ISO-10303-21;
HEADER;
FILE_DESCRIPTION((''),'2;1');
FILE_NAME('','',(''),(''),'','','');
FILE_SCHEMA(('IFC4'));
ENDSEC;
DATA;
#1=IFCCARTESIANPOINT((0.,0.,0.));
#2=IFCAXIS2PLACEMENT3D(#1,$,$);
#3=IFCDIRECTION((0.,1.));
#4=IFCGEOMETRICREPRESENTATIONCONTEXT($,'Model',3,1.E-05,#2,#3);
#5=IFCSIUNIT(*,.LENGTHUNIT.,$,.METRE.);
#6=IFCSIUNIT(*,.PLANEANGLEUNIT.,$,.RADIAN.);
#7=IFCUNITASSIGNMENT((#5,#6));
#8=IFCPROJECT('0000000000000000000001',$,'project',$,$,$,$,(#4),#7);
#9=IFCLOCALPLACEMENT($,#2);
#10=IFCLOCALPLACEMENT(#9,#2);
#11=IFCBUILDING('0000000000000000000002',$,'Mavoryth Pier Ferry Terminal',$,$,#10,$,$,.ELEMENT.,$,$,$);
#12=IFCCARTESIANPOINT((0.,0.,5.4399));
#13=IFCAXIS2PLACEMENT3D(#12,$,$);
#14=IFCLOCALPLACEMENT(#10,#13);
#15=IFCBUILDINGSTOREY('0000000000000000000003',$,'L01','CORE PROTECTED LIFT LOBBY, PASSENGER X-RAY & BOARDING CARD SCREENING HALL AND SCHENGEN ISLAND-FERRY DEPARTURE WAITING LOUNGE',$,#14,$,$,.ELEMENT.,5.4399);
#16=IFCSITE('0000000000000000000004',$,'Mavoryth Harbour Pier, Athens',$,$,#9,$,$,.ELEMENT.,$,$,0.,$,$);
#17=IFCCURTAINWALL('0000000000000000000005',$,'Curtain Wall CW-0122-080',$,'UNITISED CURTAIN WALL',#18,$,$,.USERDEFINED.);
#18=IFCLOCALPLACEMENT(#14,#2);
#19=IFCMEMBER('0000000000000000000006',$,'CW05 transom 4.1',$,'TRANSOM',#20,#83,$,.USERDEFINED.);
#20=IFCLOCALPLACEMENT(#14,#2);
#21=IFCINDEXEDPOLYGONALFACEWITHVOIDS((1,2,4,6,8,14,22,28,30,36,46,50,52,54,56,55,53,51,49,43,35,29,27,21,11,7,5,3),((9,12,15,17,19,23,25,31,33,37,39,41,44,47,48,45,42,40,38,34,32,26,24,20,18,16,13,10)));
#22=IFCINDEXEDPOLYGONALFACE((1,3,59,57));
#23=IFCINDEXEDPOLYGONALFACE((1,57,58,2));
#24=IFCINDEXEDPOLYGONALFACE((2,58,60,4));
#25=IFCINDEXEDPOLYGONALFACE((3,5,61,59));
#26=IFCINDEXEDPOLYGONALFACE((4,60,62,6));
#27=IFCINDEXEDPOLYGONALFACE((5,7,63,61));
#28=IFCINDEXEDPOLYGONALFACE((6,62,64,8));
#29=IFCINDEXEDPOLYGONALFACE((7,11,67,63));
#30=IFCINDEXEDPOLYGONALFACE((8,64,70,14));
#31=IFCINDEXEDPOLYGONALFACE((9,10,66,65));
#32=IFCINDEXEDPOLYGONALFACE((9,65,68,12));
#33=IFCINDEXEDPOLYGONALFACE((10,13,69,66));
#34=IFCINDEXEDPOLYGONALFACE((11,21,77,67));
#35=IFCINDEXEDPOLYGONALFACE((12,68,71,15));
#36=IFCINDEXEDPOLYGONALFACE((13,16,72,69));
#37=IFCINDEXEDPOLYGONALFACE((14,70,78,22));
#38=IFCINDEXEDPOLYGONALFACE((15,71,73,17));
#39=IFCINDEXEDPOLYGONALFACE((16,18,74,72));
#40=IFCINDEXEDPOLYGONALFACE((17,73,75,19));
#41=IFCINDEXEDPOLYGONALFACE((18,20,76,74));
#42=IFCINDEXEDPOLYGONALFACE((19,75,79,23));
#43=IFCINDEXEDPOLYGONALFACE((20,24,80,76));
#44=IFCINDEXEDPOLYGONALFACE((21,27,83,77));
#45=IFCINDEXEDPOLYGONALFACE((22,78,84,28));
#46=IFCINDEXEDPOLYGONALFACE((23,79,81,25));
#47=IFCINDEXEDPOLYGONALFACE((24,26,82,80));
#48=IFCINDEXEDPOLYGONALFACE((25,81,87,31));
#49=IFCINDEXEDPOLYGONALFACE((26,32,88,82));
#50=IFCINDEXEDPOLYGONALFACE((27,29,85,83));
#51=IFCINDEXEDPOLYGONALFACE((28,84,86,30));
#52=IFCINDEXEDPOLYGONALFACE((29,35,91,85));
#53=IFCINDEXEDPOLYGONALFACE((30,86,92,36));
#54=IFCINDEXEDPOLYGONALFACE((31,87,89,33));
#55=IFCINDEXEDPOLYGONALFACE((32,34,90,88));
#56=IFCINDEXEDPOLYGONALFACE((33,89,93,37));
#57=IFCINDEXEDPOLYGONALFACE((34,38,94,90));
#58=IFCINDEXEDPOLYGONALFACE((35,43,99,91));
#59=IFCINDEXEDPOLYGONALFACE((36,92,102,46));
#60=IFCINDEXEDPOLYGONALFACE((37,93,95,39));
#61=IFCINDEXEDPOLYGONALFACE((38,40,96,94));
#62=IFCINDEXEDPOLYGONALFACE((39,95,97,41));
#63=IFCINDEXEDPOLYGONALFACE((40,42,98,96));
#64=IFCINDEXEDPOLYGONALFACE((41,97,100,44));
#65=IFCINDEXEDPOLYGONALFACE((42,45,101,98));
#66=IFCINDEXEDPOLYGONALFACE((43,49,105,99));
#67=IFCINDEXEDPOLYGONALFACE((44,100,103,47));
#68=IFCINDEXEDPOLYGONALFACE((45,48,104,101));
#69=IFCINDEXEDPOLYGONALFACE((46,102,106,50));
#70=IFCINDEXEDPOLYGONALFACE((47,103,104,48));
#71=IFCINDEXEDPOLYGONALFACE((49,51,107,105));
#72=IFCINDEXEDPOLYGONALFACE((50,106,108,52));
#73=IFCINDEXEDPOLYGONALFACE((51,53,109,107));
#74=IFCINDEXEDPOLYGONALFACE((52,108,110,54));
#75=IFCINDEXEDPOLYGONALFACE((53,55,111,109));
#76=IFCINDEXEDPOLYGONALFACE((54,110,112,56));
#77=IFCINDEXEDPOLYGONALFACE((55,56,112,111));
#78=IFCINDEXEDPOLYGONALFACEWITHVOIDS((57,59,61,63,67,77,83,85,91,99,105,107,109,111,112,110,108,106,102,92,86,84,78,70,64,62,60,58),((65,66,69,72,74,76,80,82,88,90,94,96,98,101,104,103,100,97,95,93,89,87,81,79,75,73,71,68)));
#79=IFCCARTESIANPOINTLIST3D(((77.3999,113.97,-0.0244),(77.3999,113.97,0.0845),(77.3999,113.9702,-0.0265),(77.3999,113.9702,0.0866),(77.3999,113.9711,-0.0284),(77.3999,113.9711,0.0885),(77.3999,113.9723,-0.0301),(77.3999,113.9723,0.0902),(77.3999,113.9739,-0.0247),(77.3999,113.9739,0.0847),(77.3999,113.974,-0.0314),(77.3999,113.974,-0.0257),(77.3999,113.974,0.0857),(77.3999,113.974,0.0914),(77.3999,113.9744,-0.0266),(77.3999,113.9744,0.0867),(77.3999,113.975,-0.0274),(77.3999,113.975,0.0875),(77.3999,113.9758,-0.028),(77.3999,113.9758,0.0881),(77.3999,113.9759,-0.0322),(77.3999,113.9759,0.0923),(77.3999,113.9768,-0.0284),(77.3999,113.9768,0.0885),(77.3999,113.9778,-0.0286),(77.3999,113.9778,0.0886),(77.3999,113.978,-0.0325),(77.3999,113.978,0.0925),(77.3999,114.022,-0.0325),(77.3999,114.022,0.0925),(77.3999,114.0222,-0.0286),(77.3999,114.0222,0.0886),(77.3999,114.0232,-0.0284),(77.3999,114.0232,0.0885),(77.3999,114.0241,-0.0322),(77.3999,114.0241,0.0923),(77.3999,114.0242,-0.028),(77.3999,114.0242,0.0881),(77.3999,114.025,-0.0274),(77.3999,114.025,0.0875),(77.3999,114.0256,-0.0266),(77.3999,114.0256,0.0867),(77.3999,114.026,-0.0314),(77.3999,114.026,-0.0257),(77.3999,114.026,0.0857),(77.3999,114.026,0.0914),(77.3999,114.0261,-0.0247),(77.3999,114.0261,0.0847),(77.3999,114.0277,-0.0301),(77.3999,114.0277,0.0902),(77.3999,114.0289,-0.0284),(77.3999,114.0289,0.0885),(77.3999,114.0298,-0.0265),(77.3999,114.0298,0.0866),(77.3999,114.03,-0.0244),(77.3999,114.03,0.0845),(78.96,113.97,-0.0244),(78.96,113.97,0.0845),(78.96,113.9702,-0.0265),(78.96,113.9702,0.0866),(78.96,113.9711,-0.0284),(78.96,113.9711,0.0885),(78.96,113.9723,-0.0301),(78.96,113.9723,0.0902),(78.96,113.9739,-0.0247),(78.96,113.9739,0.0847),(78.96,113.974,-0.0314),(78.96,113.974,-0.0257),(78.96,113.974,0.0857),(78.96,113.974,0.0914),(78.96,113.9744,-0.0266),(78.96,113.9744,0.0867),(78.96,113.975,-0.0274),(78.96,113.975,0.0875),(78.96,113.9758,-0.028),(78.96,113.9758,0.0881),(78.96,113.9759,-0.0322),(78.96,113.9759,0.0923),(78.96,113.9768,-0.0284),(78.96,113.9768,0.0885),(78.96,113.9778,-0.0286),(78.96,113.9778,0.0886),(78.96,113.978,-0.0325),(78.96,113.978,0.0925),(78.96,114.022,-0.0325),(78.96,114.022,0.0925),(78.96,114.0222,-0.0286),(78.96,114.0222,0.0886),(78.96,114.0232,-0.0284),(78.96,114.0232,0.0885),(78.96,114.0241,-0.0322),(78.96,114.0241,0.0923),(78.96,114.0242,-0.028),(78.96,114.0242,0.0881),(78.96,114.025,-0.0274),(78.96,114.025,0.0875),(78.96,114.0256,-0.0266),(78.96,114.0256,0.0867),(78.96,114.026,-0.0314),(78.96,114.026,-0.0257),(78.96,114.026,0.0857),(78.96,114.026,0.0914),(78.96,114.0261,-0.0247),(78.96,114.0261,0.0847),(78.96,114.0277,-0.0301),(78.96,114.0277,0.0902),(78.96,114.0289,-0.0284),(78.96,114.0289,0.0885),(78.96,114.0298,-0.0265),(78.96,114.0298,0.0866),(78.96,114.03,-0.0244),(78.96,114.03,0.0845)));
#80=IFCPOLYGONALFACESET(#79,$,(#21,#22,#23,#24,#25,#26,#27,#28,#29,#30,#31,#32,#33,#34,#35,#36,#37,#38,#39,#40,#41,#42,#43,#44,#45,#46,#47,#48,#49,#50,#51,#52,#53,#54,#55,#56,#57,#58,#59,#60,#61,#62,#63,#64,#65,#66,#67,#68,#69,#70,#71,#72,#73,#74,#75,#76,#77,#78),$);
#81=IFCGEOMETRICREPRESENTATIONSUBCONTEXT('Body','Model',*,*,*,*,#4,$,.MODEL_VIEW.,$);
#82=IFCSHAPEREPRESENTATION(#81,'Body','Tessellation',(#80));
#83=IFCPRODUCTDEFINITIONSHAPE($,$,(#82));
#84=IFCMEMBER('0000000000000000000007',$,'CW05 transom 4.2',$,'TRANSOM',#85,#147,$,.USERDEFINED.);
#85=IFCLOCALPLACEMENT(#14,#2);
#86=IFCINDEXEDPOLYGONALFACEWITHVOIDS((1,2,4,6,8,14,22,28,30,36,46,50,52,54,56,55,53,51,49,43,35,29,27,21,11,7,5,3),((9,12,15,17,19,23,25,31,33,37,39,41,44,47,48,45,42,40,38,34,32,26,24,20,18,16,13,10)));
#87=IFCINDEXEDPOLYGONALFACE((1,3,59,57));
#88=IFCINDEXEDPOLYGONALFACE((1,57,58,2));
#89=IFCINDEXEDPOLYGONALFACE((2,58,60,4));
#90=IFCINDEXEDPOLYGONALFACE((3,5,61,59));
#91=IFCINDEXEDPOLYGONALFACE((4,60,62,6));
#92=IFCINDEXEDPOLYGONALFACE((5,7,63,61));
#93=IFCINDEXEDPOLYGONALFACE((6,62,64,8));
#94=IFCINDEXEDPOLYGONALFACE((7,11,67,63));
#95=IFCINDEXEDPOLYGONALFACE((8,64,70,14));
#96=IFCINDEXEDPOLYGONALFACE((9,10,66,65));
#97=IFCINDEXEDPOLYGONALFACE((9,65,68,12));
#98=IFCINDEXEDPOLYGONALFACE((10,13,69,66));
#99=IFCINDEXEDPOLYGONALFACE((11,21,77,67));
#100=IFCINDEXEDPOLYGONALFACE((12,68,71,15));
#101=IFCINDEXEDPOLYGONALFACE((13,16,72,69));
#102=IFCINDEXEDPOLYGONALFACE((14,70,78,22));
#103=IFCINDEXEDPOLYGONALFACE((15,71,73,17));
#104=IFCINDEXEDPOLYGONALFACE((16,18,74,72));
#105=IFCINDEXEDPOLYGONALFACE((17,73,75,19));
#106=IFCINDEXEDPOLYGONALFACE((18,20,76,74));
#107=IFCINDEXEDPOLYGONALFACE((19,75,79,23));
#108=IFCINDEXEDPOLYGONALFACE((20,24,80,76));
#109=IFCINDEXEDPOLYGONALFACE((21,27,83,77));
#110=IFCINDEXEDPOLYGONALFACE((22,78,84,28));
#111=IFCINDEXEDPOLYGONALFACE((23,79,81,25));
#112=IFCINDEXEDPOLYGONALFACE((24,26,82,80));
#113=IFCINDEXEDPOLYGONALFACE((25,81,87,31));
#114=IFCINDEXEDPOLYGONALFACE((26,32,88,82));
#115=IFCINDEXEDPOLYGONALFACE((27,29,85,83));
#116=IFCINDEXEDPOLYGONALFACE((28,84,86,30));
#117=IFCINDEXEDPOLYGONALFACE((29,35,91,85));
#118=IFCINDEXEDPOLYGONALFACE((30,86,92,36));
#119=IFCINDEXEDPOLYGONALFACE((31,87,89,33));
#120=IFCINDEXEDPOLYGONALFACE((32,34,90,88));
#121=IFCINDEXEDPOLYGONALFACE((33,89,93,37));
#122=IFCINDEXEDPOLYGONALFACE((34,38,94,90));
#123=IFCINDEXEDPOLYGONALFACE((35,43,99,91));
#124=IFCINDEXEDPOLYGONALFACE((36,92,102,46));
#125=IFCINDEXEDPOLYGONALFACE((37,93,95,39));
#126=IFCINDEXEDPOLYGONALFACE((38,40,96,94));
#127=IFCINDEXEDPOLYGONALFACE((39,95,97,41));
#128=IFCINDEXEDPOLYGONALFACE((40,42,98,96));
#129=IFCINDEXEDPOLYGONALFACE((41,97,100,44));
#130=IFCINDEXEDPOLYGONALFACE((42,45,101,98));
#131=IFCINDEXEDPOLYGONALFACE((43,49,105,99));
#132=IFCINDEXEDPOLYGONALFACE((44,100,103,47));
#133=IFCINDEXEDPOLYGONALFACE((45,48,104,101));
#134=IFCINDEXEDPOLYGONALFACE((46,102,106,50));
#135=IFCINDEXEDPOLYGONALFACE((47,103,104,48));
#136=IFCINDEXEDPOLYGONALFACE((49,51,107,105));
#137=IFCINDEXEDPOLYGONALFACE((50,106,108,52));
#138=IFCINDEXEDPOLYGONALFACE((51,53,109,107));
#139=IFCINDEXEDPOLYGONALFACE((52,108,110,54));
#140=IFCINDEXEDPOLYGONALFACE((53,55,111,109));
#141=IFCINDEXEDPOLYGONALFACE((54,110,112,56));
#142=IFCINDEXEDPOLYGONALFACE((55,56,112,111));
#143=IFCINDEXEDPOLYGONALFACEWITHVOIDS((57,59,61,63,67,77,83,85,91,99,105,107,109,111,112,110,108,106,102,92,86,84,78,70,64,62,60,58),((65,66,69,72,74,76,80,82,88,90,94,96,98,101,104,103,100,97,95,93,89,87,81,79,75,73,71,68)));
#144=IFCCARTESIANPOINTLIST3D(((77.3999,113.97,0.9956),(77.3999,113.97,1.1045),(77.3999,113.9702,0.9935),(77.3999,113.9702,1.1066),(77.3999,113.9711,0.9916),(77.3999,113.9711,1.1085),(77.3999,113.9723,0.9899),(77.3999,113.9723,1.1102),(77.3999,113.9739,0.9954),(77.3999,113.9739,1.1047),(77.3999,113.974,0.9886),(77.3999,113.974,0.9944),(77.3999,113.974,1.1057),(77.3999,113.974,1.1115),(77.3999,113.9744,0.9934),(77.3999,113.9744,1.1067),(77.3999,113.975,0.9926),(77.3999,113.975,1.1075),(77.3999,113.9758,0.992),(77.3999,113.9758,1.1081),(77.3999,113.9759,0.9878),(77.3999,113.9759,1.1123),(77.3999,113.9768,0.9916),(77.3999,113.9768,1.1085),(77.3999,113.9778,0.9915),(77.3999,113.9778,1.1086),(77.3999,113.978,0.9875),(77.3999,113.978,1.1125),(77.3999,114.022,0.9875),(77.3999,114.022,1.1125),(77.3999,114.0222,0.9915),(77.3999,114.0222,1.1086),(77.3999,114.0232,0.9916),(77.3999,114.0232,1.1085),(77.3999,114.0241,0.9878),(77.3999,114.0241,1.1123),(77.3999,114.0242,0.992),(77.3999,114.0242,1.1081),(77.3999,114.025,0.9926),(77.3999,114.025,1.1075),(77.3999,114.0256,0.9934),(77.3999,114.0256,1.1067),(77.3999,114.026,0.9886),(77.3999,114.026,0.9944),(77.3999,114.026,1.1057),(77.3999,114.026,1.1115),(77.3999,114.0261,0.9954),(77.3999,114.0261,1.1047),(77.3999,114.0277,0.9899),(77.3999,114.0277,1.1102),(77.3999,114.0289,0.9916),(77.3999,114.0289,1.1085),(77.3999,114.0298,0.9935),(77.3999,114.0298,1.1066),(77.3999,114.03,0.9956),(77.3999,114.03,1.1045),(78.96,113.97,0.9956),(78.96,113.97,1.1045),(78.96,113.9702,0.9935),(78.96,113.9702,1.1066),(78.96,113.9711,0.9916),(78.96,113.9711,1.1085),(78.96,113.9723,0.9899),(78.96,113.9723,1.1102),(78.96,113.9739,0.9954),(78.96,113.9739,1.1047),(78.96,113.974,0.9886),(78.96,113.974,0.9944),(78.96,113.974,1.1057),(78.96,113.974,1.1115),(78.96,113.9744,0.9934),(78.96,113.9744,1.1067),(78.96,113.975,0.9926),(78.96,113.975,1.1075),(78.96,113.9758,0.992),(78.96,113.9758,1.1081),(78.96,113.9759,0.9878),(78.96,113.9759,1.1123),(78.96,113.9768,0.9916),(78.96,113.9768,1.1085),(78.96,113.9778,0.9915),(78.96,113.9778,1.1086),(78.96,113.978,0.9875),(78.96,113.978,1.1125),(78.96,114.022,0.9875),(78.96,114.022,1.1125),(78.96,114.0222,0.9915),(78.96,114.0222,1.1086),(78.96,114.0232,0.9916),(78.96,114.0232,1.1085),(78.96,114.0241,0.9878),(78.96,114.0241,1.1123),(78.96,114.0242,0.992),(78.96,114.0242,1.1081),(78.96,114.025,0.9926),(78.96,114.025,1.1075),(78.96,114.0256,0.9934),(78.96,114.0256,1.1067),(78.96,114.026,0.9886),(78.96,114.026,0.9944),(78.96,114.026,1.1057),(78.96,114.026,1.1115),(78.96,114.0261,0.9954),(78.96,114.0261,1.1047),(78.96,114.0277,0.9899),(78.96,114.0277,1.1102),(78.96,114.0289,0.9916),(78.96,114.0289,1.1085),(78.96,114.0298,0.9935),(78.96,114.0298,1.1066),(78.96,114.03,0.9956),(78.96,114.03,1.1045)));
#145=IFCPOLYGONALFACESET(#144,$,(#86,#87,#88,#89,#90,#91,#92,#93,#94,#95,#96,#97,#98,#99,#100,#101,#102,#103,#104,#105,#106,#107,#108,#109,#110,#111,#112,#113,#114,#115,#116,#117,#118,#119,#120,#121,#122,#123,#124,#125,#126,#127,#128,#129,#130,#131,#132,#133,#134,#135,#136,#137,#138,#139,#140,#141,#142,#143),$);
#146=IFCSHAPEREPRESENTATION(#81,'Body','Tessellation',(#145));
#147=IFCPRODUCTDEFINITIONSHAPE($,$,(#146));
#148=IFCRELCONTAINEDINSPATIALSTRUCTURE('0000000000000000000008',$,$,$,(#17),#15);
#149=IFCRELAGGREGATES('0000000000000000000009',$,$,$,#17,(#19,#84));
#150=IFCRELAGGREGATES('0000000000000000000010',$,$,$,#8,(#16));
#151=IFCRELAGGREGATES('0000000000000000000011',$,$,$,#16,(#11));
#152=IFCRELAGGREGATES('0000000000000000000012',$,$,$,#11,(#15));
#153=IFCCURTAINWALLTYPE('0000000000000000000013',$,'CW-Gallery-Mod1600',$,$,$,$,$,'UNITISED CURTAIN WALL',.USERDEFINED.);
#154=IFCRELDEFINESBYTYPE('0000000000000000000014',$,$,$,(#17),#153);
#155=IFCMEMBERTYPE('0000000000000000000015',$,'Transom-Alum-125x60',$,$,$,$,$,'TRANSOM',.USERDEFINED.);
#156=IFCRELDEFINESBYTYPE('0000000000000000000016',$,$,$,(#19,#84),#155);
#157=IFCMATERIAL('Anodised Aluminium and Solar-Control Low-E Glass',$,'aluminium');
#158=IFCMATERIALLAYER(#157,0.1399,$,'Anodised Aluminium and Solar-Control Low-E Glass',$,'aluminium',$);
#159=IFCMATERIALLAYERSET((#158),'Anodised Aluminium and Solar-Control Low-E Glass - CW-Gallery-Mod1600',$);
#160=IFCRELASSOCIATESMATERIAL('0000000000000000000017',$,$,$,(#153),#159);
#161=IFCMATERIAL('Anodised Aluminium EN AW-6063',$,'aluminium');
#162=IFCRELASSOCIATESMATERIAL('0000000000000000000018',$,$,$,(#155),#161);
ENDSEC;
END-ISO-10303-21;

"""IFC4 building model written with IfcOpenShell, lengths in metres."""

from ifc_helpers import new_model, si_unit, direction, frame, origin, origin_2d, place, context, subcontext, project, spatial, hollow_rectangle, extrude, material, layer, layer_set, material_profile, profile_set, type_object, element, aggregate, save


model = new_model("IFC4")

# Units and contexts
model_context = context("Model", 3, precision=1e-05, world=origin(), true_north=direction((0.0, 1.0)))
body_context = subcontext(model_context, "Body", "Model", "MODEL_VIEW")
ifc_project = project(units=[si_unit("LENGTHUNIT", "METRE"), si_unit("PLANEANGLEUNIT", "RADIAN")], contexts=[model_context])

# Site, building, storey
site_placement = place(None, origin())
site = spatial("IfcSite", under=ifc_project, at=site_placement, Name="Mavoryth Harbour Pier, Athens", CompositionType="ELEMENT", RefElevation=0.0)
building_placement = place(site_placement, origin())
building = spatial("IfcBuilding", under=site, at=building_placement, Name="Mavoryth Pier Ferry Terminal", CompositionType="ELEMENT")
storey_placement = place(building_placement, frame((0.0, 0.0, 5.4399)))
storey = spatial("IfcBuildingStorey", under=building, at=storey_placement, Name="L01", Description="CORE PROTECTED LIFT LOBBY, PASSENGER X-RAY & BOARDING CARD SCREENING HALL AND SCHENGEN ISLAND-FERRY DEPARTURE WAITING LOUNGE", CompositionType="ELEMENT", Elevation=5.4399)

# Curtain wall
ifc_material_1 = material(Name="Anodised Aluminium and Solar-Control Low-E Glass", Category="aluminium")
ifc_layer_1 = layer(ifc_material_1, 0.1399, Name="Anodised Aluminium and Solar-Control Low-E Glass", Category="aluminium")
ifc_layer_set_1 = layer_set([ifc_layer_1], Name="Anodised Aluminium and Solar-Control Low-E Glass - CW-Gallery-Mod1600")
curtain_wall_type = type_object("IfcCurtainWallType", Name="CW-Gallery-Mod1600", ElementType="UNITISED CURTAIN WALL", PredefinedType="USERDEFINED", material=ifc_layer_set_1)
ifc_material_2 = material(Name="Anodised Aluminium EN AW-6063", Category="aluminium")
curtain_wall_1_placement = place(storey_placement, origin())
curtain_wall_1 = element("IfcCurtainWall", 1, at=curtain_wall_1_placement, inside=storey, type_object=curtain_wall_type, Name="Curtain Wall CW-0122-080", ObjectType="UNITISED CURTAIN WALL", PredefinedType="USERDEFINED")

# Members
ifc_material_profile_1 = material_profile(ifc_material_2, hollow_rectangle(XDim=0.0601, YDim=0.125, WallThickness=0.0039, InnerFilletRadius=0.0039, OuterFilletRadius=0.0081, at=origin_2d()), Name="AL-TRAN 125x60x4", Category="aluminium")
ifc_profile_set_1 = profile_set([ifc_material_profile_1], Name="Anodised Aluminium EN AW-6063 - AL-TRAN 125x60x4")
member_type_1 = type_object("IfcMemberType", Name="Transom-Alum-125x60", ElementType="TRANSOM", PredefinedType="USERDEFINED", material=ifc_profile_set_1)
member_1_placement = place(storey_placement, frame((78.96, 114.0, 0.03), z_axis=(-1.0, 0.0, 0.0), x_axis=(0.0, -1.0, 0.0)))
member_1 = element("IfcMember", 2, at=member_1_placement, type_object=member_type_1, Name="CW05 transom 4.1", ObjectType="TRANSOM", PredefinedType="USERDEFINED", context=body_context, shape_type="SweptSolid", body=[
    extrude(hollow_rectangle(XDim=0.0601, YDim=0.125, WallThickness=0.0039, InnerFilletRadius=0.0039, OuterFilletRadius=0.0081, at=origin_2d()), origin(), (0.0, 0.0, 1.0), 1.5601),
])
member_2_placement = place(storey_placement, frame((78.96, 114.0, 1.05), z_axis=(-1.0, 0.0, 0.0), x_axis=(0.0, -1.0, 0.0)))
member_2 = element("IfcMember", 3, at=member_2_placement, type_object=member_type_1, Name="CW05 transom 4.2", ObjectType="TRANSOM", PredefinedType="USERDEFINED", context=body_context, shape_type="SweptSolid", body=[
    extrude(hollow_rectangle(XDim=0.0601, YDim=0.125, WallThickness=0.0039, InnerFilletRadius=0.0039, OuterFilletRadius=0.0081, at=origin_2d()), origin(), (0.0, 0.0, 1.0), 1.5601),
])

aggregate(curtain_wall_1, [member_1, member_2])

save(model, "model.ifc")
